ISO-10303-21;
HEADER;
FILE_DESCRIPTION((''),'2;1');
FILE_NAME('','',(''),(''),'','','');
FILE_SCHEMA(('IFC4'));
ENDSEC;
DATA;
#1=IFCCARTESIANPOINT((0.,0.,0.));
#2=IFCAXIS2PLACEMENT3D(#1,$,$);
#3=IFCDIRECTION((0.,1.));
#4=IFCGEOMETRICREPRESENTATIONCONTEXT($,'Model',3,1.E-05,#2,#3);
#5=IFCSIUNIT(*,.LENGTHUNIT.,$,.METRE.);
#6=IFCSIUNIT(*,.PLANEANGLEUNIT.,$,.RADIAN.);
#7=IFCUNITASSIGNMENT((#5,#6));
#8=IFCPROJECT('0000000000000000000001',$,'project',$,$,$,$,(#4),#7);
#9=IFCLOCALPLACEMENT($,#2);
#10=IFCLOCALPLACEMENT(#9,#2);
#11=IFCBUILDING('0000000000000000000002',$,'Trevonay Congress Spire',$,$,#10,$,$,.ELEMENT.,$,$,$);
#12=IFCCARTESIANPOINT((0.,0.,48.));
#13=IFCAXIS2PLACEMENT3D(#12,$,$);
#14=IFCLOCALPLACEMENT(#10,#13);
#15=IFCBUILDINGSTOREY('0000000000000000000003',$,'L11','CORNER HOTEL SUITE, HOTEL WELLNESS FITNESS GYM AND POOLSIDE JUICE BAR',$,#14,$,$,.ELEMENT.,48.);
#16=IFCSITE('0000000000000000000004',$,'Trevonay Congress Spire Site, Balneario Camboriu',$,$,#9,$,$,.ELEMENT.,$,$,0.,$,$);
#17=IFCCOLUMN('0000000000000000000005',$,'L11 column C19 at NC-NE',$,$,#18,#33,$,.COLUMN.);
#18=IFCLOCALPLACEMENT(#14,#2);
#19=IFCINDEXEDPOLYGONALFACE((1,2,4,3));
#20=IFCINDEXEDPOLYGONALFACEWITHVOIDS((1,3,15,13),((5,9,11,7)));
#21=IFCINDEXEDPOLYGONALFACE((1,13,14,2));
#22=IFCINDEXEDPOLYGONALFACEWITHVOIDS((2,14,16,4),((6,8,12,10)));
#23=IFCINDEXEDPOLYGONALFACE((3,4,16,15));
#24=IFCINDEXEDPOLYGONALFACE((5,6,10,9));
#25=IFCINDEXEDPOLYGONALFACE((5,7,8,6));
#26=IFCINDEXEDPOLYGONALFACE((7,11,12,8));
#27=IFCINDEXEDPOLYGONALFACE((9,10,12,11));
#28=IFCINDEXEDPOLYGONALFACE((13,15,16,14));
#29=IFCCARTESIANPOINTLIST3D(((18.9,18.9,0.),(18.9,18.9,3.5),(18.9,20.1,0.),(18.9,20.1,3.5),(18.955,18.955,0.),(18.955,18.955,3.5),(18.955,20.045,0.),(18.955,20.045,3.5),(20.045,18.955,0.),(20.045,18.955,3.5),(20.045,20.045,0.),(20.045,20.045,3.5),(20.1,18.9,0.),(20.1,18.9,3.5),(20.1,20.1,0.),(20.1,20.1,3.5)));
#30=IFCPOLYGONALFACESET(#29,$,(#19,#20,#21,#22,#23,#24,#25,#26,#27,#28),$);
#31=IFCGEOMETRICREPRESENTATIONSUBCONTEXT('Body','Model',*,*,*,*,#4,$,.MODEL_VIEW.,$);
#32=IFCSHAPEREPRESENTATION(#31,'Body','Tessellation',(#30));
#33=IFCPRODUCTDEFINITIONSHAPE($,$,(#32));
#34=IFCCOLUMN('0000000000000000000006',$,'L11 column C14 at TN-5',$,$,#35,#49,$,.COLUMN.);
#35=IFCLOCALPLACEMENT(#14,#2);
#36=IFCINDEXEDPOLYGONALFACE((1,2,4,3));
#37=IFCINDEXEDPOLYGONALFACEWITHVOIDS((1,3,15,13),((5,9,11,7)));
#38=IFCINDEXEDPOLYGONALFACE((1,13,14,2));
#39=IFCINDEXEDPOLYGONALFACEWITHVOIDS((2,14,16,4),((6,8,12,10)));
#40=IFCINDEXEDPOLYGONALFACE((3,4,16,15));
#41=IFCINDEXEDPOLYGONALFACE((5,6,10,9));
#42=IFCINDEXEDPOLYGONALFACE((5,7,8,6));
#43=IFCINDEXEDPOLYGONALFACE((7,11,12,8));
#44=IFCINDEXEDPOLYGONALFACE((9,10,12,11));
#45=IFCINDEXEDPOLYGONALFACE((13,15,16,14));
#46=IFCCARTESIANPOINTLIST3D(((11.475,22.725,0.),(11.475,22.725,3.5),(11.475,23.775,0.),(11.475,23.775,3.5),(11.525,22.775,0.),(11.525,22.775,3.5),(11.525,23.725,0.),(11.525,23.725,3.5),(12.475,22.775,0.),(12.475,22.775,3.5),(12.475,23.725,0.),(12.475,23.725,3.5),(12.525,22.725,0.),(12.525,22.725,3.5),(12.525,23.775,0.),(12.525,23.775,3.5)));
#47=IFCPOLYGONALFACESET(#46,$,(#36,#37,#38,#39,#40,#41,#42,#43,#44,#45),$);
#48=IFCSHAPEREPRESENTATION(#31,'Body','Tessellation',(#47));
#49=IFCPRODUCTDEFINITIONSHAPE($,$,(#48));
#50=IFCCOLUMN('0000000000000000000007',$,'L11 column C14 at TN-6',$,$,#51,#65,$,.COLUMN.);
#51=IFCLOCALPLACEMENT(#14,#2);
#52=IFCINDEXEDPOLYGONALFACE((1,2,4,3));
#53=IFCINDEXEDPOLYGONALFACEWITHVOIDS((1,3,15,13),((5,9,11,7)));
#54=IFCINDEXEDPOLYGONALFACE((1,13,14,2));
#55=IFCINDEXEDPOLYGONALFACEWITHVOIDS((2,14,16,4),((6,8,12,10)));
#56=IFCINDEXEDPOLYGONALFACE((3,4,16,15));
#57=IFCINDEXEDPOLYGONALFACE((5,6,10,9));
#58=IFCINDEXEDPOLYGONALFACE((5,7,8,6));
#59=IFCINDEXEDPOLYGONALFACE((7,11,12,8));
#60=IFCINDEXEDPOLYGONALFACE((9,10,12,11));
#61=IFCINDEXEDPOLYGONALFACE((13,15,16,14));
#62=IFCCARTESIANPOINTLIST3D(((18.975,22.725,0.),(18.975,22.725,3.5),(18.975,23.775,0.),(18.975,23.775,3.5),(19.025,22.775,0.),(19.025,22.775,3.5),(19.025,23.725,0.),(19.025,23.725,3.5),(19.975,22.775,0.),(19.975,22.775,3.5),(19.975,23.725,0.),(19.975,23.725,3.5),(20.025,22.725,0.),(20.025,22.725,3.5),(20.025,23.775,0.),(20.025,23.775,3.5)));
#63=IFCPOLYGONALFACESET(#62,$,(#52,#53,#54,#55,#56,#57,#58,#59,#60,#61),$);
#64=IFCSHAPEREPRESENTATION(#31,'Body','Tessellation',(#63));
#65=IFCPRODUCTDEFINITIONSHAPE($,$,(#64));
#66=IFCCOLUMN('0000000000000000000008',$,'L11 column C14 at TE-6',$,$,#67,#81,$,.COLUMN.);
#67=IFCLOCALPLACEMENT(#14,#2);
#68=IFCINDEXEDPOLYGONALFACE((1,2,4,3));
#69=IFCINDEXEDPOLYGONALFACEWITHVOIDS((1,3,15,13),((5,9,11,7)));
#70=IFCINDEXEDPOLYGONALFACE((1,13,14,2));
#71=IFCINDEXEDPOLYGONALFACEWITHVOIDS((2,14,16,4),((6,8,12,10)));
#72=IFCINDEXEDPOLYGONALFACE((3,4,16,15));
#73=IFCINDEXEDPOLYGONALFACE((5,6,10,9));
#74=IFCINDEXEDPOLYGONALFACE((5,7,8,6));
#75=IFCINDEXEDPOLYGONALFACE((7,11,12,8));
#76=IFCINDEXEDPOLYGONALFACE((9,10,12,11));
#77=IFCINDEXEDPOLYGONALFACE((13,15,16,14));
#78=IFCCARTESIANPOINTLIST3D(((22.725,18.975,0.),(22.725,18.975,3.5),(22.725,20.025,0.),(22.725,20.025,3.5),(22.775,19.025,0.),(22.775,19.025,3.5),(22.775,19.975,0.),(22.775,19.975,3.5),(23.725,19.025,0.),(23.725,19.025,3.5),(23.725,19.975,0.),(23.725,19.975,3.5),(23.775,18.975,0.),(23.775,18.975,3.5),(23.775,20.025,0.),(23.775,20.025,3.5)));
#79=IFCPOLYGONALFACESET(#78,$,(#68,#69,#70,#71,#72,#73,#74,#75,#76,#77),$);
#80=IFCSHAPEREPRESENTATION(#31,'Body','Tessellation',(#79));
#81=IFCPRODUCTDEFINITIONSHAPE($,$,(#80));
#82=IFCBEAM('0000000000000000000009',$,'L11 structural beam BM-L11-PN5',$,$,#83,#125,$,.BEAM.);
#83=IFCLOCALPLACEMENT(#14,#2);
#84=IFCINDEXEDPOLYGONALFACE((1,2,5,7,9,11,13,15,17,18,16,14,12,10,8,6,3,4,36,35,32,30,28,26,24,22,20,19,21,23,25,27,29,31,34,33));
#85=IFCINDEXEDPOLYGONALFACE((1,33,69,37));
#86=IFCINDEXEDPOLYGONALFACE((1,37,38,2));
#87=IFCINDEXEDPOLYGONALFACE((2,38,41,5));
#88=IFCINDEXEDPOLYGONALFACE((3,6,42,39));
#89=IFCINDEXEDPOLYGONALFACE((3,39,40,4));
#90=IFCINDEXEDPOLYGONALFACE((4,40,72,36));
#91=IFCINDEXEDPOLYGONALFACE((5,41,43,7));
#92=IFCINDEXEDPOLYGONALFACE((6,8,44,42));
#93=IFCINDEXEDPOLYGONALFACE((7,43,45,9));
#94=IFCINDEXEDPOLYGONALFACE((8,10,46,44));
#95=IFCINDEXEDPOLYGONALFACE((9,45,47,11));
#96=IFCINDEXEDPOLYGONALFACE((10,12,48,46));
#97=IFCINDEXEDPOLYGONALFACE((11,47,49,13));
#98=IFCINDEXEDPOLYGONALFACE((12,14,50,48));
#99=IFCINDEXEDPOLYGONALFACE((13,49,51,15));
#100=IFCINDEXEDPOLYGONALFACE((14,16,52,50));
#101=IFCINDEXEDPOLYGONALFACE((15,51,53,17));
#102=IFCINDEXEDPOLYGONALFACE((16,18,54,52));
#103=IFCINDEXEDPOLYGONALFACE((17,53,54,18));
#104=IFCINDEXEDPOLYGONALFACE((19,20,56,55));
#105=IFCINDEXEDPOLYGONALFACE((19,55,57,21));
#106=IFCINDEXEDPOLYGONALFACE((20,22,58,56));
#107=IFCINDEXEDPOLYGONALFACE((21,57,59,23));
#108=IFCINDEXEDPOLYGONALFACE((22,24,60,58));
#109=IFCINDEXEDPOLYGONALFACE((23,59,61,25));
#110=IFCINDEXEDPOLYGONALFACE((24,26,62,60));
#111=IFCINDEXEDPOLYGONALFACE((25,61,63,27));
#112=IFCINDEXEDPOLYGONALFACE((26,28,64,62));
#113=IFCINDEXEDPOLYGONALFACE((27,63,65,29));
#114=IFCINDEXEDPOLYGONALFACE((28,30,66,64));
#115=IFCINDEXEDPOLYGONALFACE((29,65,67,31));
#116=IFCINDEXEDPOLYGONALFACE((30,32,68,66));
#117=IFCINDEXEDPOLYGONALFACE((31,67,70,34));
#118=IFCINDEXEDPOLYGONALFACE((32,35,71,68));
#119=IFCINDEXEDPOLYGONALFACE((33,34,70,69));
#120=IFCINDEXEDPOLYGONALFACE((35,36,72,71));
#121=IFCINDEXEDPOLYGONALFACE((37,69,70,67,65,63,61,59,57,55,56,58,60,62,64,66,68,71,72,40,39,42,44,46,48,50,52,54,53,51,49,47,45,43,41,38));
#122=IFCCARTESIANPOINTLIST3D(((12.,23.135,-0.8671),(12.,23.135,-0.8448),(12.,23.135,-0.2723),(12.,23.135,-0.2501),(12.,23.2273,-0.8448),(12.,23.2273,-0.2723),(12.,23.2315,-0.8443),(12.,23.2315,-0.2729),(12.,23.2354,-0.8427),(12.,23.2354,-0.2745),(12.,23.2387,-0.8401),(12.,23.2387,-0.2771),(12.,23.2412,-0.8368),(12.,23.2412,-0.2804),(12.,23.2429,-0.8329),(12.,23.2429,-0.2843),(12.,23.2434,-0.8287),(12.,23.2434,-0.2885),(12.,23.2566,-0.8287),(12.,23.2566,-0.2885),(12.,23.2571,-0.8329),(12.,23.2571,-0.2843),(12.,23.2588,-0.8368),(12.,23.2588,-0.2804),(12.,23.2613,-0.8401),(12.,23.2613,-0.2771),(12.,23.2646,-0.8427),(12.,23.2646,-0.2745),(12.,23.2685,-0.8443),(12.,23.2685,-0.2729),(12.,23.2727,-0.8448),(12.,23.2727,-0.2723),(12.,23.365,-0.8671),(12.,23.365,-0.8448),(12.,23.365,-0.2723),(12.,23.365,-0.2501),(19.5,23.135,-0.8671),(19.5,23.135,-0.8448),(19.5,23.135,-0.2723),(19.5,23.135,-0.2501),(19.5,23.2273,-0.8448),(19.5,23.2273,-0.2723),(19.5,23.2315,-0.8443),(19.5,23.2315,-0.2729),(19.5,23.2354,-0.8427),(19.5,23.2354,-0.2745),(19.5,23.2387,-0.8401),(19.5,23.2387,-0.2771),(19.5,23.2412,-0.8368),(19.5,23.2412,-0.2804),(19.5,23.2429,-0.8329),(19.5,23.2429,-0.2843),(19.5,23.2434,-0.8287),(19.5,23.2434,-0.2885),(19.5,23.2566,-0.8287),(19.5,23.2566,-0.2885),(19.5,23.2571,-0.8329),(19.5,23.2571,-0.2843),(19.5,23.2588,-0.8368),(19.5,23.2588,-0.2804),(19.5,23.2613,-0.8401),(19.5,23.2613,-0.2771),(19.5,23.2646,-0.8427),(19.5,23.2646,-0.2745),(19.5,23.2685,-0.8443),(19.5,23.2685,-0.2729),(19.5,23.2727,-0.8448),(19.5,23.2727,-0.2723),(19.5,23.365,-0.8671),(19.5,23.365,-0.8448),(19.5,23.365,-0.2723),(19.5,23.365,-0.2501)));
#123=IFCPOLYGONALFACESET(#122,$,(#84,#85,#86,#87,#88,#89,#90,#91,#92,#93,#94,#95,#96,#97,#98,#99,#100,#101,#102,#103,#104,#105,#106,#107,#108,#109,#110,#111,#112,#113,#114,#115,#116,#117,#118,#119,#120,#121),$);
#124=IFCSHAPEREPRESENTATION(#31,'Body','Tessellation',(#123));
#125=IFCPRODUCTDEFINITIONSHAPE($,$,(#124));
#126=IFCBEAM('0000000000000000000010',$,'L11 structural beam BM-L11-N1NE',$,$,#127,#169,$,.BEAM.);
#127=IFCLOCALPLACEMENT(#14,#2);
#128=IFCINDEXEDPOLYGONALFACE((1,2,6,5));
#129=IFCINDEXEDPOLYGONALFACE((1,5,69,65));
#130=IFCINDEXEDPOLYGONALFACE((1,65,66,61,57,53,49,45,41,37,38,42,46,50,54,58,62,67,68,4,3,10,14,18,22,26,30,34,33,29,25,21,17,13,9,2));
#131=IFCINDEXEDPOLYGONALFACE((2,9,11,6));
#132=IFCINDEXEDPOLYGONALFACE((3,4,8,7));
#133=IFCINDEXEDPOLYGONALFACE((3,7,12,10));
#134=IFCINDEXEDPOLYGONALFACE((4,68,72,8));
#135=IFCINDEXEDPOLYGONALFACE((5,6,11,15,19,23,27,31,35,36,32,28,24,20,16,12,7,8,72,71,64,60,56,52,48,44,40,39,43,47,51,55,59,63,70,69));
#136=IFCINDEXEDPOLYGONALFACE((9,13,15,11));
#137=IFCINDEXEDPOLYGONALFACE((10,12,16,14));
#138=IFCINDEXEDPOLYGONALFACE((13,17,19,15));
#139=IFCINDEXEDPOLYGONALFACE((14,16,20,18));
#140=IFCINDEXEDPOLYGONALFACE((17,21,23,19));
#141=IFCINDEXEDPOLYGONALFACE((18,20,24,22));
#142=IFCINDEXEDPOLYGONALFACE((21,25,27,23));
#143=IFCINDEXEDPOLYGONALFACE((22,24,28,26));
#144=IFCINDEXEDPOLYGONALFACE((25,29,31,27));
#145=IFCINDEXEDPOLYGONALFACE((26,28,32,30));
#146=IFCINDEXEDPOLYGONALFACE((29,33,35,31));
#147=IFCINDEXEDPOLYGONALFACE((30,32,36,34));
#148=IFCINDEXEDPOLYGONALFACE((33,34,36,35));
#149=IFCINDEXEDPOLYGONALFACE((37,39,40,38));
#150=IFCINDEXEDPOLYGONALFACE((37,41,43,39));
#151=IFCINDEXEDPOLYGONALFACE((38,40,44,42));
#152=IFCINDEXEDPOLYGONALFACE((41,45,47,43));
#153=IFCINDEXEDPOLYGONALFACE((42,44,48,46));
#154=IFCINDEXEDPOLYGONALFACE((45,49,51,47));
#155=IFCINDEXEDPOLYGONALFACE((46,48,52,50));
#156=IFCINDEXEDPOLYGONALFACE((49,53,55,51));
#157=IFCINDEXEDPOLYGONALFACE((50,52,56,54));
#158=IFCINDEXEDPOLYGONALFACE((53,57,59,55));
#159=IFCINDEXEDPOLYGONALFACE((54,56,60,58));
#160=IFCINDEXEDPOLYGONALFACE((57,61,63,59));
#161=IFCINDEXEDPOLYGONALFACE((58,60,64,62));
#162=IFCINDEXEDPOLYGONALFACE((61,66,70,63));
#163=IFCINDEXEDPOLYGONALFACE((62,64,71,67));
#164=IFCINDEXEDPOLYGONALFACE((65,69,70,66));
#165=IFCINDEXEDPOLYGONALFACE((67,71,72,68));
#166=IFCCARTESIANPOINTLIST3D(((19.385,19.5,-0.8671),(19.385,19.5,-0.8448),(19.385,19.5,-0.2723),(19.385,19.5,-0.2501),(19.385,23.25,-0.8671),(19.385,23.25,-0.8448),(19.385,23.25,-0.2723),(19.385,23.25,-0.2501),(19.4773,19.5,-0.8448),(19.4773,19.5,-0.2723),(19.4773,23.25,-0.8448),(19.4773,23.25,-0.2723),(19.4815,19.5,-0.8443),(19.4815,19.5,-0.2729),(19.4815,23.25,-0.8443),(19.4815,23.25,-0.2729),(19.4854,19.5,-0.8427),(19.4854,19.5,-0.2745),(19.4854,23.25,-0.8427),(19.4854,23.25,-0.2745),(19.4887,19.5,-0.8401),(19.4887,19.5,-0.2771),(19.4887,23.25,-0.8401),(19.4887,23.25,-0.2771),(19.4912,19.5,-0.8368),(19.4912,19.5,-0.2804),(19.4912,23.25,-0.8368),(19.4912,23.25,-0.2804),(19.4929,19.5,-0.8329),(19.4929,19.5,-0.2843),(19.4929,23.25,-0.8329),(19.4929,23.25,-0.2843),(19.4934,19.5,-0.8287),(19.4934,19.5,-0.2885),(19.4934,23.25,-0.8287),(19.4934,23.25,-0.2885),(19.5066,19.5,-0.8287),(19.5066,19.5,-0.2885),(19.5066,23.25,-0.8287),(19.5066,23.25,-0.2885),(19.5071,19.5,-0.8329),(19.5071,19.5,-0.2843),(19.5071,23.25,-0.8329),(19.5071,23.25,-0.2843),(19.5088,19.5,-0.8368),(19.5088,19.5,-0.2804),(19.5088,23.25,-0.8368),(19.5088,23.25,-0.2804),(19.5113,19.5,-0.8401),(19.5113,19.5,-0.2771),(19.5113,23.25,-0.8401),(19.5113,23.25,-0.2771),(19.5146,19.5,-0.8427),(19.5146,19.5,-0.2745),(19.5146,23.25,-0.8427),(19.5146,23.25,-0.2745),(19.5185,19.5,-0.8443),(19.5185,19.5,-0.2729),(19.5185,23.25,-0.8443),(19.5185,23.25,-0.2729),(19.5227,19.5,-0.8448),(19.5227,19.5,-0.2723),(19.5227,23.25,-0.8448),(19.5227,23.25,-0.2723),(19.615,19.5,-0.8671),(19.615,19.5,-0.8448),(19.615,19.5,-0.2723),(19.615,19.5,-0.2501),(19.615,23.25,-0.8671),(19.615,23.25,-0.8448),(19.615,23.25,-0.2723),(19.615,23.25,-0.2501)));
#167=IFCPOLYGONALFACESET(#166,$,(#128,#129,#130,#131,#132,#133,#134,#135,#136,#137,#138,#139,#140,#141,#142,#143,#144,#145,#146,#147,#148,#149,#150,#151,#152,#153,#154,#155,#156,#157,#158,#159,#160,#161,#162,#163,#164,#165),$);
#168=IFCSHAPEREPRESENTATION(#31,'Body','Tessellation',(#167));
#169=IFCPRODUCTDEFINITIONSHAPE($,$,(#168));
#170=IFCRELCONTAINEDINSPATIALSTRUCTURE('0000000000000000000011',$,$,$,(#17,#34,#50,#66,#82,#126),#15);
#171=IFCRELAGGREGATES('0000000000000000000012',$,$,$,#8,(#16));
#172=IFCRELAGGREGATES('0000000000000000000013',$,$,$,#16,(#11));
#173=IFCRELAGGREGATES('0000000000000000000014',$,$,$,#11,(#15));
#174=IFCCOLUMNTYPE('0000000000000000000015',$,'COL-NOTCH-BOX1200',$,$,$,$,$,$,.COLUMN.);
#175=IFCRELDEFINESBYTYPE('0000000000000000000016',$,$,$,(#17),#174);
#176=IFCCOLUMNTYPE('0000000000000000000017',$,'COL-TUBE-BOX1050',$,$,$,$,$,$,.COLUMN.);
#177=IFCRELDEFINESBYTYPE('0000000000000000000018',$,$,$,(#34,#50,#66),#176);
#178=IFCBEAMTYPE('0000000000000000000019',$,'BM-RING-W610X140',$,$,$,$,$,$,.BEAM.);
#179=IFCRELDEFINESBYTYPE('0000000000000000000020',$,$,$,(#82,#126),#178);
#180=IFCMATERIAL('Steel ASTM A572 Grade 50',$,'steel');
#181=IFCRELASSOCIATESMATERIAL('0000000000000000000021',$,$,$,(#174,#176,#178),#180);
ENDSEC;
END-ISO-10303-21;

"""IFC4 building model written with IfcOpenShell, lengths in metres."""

from ifc_helpers import new_model, si_unit, direction, frame, origin, origin_2d, place, context, subcontext, project, spatial, hollow_rectangle, i_section, extrude, material, material_profile, profile_set, type_object, element, save


model = new_model("IFC4")

# Units and contexts
model_context = context("Model", 3, precision=1e-05, world=origin(), true_north=direction((0.0, 1.0)))
body_context = subcontext(model_context, "Body", "Model", "MODEL_VIEW")
ifc_project = project(units=[si_unit("LENGTHUNIT", "METRE"), si_unit("PLANEANGLEUNIT", "RADIAN")], contexts=[model_context])

# Site, building, storey
site_placement = place(None, origin())
site = spatial("IfcSite", under=ifc_project, at=site_placement, Name="Trevonay Congress Spire Site, Balneario Camboriu", CompositionType="ELEMENT", RefElevation=0.0)
building_placement = place(site_placement, origin())
building = spatial("IfcBuilding", under=site, at=building_placement, Name="Trevonay Congress Spire", CompositionType="ELEMENT")
storey_placement = place(building_placement, frame((0.0, 0.0, 48.0)))
storey = spatial("IfcBuildingStorey", under=building, at=storey_placement, Name="L11", Description="CORNER HOTEL SUITE, HOTEL WELLNESS FITNESS GYM AND POOLSIDE JUICE BAR", CompositionType="ELEMENT", Elevation=48.0)

# Columns
ifc_material_1 = material(Name="Steel ASTM A572 Grade 50", Category="steel")
ifc_material_profile_1 = material_profile(ifc_material_1, hollow_rectangle(XDim=1.2, YDim=1.2, WallThickness=0.0549, at=origin_2d()), Name="BOX 1200x1200x55")
ifc_profile_set_1 = profile_set([ifc_material_profile_1], Name="Steel ASTM A572 Grade 50")
column_type_1 = type_object("IfcColumnType", Name="COL-NOTCH-BOX1200", PredefinedType="COLUMN", material=ifc_profile_set_1)
column_placement = place(storey_placement, frame((19.5, 19.5, 0.0), z_axis=(0.0, 0.0, 1.0), x_axis=(1.0, 0.0, 0.0)))
element("IfcColumn", 1, at=column_placement, inside=storey, type_object=column_type_1, Name="L11 column C19 at NC-NE", PredefinedType="COLUMN", context=body_context, shape_type="SweptSolid", body=[
    extrude(hollow_rectangle(XDim=1.2, YDim=1.2, WallThickness=0.0549, at=origin_2d()), origin(), (0.0, 0.0, 1.0), 3.5),
])
ifc_material_profile_2 = material_profile(ifc_material_1, hollow_rectangle(XDim=1.05, YDim=1.05, WallThickness=0.05, at=origin_2d()), Name="BOX 1050x1050x50")
ifc_profile_set_2 = profile_set([ifc_material_profile_2], Name="Steel ASTM A572 Grade 50")
column_type_2 = type_object("IfcColumnType", Name="COL-TUBE-BOX1050", PredefinedType="COLUMN", material=ifc_profile_set_2)
for number, where, z_axis, x_axis, name in (
    (2, (12.0, 23.25, 0.0), (0.0, 0.0, 1.0), (1.0, 0.0, 0.0), "L11 column C14 at TN-5"),
    (3, (19.5, 23.25, 0.0), (0.0, 0.0, 1.0), (1.0, 0.0, 0.0), "L11 column C14 at TN-6"),
    (4, (23.25, 19.5, 0.0), (0.0, 0.0, 1.0), (1.0, 0.0, 0.0), "L11 column C14 at TE-6"),
):
    element("IfcColumn", number, at=place(storey_placement, frame(where, z_axis=z_axis, x_axis=x_axis)), inside=storey, type_object=column_type_2, Name=name, PredefinedType="COLUMN", context=body_context, shape_type="SweptSolid", body=[
        extrude(hollow_rectangle(XDim=1.05, YDim=1.05, WallThickness=0.05, at=origin_2d()), origin(), (0.0, 0.0, 1.0), 3.5),
    ])

# Beams
ifc_material_profile_3 = material_profile(ifc_material_1, i_section(OverallWidth=0.23, OverallDepth=0.6169, WebThickness=0.0132, FlangeThickness=0.0222, FilletRadius=0.0161, at=origin_2d()), Name="W610x140")
ifc_profile_set_3 = profile_set([ifc_material_profile_3], Name="Steel ASTM A572 Grade 50")
beam_type = type_object("IfcBeamType", Name="BM-RING-W610X140", PredefinedType="BEAM", material=ifc_profile_set_3)
beam_placement = place(storey_placement, frame((12.0, 23.25, -0.5586), z_axis=(1.0, 0.0, 0.0), x_axis=(0.0, 1.0, 0.0)))
element("IfcBeam", 5, at=beam_placement, inside=storey, type_object=beam_type, Name="L11 structural beam BM-L11-PN5", PredefinedType="BEAM", context=body_context, shape_type="SweptSolid", body=[
    extrude(i_section(OverallWidth=0.23, OverallDepth=0.6169, WebThickness=0.0132, FlangeThickness=0.0222, FilletRadius=0.0161, at=origin_2d()), origin(), (0.0, 0.0, 1.0), 7.5),
])
for number, where, z_axis, x_axis, name in (
    (6, (19.5, 23.25, -0.5586), (0.0, -1.0, 0.0), (1.0, 0.0, 0.0), "L11 structural beam BM-L11-N1NE"),
):
    element("IfcBeam", number, at=place(storey_placement, frame(where, z_axis=z_axis, x_axis=x_axis)), inside=storey, type_object=beam_type, Name=name, PredefinedType="BEAM", context=body_context, shape_type="SweptSolid", body=[
        extrude(i_section(OverallWidth=0.23, OverallDepth=0.6169, WebThickness=0.0132, FlangeThickness=0.0222, FilletRadius=0.0161, at=origin_2d()), origin(), (0.0, 0.0, 1.0), 3.75),
    ])

save(model, "model.ifc")
